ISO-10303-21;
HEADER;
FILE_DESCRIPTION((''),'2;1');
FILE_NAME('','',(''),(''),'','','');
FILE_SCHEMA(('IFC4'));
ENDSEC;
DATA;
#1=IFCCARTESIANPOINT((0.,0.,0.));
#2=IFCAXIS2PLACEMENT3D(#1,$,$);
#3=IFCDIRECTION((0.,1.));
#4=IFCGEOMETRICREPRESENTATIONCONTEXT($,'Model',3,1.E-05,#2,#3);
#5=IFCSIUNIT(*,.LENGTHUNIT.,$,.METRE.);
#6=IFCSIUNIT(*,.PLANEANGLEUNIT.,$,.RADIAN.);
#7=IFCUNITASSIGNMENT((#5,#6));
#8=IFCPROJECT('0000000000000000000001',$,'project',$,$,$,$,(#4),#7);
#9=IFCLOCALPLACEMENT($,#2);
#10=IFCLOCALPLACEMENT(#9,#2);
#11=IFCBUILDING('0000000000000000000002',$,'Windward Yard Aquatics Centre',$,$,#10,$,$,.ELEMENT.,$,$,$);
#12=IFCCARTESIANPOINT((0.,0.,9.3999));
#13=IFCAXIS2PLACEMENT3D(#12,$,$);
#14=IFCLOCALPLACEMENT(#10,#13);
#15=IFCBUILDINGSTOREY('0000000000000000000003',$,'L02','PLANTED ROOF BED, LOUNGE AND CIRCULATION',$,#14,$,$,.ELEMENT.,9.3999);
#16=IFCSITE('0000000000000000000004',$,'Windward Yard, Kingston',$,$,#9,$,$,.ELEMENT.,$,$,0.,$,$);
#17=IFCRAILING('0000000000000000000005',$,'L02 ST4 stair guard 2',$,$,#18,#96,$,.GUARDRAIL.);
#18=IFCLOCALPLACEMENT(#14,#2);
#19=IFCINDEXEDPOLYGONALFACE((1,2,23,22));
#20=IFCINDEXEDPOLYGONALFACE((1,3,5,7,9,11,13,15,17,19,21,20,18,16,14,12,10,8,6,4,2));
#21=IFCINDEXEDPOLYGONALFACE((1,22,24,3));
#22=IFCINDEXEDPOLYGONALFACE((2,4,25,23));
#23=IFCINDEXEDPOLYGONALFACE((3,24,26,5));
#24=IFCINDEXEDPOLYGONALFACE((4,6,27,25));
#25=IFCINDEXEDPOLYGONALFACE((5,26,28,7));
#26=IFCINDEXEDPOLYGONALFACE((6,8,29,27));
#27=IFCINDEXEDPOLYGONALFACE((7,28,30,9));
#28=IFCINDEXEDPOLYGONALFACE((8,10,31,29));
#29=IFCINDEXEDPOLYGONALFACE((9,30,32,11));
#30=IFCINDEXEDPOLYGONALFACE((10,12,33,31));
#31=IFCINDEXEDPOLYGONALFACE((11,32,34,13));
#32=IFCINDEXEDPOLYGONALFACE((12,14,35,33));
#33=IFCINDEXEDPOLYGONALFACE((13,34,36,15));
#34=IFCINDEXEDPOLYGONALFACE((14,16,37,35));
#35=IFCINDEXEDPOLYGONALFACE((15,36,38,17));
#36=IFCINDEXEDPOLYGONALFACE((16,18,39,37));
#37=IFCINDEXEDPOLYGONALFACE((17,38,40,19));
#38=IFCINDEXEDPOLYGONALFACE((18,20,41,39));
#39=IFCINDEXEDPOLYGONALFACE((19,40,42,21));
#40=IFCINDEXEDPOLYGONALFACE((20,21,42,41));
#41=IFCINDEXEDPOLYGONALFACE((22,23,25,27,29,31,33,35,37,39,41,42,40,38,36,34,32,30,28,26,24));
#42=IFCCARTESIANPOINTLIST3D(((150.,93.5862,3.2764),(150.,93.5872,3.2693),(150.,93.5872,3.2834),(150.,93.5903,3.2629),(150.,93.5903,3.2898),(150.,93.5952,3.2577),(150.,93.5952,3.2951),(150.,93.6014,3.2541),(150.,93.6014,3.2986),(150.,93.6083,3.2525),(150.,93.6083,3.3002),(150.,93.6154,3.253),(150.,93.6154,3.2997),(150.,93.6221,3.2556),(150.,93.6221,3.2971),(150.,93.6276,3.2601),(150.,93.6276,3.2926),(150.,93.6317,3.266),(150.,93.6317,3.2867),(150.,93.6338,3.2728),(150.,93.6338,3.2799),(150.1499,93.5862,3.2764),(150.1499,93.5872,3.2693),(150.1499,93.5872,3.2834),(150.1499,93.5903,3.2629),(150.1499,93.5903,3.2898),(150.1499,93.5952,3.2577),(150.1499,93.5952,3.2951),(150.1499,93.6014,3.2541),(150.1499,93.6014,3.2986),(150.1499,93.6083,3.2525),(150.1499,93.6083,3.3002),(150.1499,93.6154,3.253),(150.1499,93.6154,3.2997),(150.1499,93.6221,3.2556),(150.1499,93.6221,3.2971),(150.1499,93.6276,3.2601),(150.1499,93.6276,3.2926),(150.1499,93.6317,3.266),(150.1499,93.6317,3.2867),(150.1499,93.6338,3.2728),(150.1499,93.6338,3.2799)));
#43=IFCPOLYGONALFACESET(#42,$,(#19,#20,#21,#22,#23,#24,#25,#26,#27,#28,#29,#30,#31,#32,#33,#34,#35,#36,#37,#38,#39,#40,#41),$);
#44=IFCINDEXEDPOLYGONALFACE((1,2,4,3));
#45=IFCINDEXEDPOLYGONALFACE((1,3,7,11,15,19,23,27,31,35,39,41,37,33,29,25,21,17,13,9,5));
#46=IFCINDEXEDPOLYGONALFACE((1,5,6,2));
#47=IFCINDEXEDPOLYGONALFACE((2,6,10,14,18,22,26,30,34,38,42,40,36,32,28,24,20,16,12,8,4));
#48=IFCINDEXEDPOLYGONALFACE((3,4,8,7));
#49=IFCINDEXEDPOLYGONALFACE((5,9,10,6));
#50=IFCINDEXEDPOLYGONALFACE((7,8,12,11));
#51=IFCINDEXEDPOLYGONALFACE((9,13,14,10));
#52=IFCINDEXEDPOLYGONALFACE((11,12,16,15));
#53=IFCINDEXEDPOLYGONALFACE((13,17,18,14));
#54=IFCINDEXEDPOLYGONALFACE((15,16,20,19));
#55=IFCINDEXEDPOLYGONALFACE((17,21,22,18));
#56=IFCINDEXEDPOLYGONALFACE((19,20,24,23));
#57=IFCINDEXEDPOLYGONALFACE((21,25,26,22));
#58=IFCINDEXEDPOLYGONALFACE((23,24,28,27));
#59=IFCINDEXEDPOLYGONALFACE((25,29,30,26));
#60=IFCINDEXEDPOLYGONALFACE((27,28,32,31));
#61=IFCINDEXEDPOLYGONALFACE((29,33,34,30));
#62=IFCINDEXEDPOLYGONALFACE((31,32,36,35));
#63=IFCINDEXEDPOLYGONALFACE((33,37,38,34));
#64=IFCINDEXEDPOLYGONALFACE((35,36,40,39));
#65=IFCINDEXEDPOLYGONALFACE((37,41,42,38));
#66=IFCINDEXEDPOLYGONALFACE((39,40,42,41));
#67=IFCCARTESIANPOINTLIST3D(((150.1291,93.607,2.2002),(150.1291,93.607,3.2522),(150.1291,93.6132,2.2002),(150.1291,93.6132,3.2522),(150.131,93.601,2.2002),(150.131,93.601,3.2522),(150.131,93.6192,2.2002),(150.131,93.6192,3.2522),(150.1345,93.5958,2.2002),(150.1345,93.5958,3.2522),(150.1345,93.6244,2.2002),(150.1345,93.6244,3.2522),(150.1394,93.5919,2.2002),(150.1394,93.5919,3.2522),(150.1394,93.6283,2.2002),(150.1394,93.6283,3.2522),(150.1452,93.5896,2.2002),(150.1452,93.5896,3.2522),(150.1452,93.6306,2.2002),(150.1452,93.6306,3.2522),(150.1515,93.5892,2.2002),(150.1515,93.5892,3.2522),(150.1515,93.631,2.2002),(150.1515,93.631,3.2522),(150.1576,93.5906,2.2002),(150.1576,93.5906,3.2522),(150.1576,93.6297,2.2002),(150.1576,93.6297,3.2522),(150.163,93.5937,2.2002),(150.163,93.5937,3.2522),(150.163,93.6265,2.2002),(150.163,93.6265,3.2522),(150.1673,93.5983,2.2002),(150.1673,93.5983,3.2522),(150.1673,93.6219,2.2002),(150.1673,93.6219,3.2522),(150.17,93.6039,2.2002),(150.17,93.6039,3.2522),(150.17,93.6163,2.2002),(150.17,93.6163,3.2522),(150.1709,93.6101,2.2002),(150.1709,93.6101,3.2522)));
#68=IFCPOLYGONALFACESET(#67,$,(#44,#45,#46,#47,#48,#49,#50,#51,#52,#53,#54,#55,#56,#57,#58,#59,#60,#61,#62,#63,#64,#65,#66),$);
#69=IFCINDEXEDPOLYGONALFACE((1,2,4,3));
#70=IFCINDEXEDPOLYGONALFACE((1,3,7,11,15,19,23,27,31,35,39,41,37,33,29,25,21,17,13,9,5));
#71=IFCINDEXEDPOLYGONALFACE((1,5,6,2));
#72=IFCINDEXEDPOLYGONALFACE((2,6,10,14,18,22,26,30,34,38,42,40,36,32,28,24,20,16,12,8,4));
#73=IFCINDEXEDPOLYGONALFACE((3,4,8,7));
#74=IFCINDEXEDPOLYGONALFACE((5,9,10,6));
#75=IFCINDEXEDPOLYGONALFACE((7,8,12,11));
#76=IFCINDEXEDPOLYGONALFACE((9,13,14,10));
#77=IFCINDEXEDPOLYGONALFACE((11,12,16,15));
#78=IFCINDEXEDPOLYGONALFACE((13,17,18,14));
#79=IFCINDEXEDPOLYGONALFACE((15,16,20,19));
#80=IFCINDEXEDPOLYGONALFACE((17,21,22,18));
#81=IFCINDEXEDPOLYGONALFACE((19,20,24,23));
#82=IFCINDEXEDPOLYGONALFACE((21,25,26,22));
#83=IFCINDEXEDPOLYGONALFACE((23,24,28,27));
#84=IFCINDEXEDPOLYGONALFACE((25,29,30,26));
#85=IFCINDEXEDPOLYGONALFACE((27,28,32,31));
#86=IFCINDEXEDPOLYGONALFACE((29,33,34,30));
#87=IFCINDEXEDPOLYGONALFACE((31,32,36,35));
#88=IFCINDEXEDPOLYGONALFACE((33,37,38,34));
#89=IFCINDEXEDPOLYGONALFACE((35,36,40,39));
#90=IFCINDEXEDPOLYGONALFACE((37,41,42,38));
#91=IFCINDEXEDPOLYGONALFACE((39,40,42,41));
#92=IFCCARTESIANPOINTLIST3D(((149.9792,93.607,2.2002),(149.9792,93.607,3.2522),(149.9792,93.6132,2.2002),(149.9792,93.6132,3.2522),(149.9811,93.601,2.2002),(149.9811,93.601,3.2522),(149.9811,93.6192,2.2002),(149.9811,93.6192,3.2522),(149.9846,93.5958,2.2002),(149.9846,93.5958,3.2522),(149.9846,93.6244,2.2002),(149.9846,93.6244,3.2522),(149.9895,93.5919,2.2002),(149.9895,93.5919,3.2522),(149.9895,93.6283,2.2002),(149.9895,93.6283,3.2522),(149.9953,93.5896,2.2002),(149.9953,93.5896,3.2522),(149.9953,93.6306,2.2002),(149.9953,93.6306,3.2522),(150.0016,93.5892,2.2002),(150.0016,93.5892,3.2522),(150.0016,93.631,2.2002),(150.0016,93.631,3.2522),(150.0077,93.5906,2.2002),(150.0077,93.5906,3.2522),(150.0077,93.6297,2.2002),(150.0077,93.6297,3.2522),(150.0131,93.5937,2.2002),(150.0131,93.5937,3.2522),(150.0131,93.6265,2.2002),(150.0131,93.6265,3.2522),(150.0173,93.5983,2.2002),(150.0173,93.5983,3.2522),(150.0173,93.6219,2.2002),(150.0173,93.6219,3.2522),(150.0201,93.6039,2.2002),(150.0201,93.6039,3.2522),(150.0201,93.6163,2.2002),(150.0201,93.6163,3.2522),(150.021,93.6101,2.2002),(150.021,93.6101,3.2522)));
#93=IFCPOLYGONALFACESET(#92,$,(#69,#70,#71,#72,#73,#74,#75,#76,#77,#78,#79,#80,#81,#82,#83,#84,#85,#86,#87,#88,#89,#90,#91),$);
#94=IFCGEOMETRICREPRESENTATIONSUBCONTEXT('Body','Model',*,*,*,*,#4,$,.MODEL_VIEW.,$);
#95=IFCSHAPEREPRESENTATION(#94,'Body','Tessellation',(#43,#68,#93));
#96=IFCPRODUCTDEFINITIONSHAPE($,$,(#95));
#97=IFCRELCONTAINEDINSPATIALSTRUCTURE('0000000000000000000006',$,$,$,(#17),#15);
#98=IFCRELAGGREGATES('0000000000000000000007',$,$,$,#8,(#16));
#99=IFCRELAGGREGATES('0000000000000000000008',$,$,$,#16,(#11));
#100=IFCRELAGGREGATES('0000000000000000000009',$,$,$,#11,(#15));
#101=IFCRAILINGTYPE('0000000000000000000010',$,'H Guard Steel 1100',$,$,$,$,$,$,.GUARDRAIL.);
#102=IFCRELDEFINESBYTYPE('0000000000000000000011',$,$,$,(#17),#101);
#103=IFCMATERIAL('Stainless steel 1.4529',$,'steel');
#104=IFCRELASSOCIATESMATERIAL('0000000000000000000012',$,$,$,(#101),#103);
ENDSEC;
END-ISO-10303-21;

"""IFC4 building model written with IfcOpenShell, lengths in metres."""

from ifc_helpers import new_model, si_unit, direction, frame, origin, origin_2d, place, context, subcontext, project, spatial, circle, extrude, material, type_object, element, save


model = new_model("IFC4")

# Units and contexts
model_context = context("Model", 3, precision=1e-05, world=origin(), true_north=direction((0.0, 1.0)))
body_context = subcontext(model_context, "Body", "Model", "MODEL_VIEW")
ifc_project = project(units=[si_unit("LENGTHUNIT", "METRE"), si_unit("PLANEANGLEUNIT", "RADIAN")], contexts=[model_context])

# Site, building, storey
site_placement = place(None, origin())
site = spatial("IfcSite", under=ifc_project, at=site_placement, Name="Windward Yard, Kingston", CompositionType="ELEMENT", RefElevation=0.0)
building_placement = place(site_placement, origin())
building = spatial("IfcBuilding", under=site, at=building_placement, Name="Windward Yard Aquatics Centre", CompositionType="ELEMENT")
storey_placement = place(building_placement, frame((0.0, 0.0, 9.3999)))
storey = spatial("IfcBuildingStorey", under=building, at=storey_placement, Name="L02", Description="PLANTED ROOF BED, LOUNGE AND CIRCULATION", CompositionType="ELEMENT", Elevation=9.3999)

# Railing
ifc_material_1 = material(Name="Stainless steel 1.4529", Category="steel")
railing_type_1 = type_object("IfcRailingType", Name="H Guard Steel 1100", PredefinedType="GUARDRAIL", material=ifc_material_1)
railing_1_placement = place(storey_placement, frame((150.1499, 93.6101, 2.2002)))
element("IfcRailing", 1, at=railing_1_placement, inside=storey, type_object=railing_type_1, Name="L02 ST4 stair guard 2", PredefinedType="GUARDRAIL", context=body_context, shape_type="SweptSolid", body=[
    extrude(circle(Radius=0.0239, at=origin_2d()), frame((0.0, 0.0, 1.0762), z_axis=(-1.0, 0.0, 0.0), x_axis=(0.0, -1.0, 0.0)), (0.0, 0.0, 1.0), 0.1499),
    extrude(circle(Radius=0.021, at=origin_2d()), origin(), (0.0, 0.0, 1.0), 1.052),
    extrude(circle(Radius=0.021, at=origin_2d()), frame((-0.1499, 0.0, 0.0)), (0.0, 0.0, 1.0), 1.052),
])

save(model, "model.ifc")
